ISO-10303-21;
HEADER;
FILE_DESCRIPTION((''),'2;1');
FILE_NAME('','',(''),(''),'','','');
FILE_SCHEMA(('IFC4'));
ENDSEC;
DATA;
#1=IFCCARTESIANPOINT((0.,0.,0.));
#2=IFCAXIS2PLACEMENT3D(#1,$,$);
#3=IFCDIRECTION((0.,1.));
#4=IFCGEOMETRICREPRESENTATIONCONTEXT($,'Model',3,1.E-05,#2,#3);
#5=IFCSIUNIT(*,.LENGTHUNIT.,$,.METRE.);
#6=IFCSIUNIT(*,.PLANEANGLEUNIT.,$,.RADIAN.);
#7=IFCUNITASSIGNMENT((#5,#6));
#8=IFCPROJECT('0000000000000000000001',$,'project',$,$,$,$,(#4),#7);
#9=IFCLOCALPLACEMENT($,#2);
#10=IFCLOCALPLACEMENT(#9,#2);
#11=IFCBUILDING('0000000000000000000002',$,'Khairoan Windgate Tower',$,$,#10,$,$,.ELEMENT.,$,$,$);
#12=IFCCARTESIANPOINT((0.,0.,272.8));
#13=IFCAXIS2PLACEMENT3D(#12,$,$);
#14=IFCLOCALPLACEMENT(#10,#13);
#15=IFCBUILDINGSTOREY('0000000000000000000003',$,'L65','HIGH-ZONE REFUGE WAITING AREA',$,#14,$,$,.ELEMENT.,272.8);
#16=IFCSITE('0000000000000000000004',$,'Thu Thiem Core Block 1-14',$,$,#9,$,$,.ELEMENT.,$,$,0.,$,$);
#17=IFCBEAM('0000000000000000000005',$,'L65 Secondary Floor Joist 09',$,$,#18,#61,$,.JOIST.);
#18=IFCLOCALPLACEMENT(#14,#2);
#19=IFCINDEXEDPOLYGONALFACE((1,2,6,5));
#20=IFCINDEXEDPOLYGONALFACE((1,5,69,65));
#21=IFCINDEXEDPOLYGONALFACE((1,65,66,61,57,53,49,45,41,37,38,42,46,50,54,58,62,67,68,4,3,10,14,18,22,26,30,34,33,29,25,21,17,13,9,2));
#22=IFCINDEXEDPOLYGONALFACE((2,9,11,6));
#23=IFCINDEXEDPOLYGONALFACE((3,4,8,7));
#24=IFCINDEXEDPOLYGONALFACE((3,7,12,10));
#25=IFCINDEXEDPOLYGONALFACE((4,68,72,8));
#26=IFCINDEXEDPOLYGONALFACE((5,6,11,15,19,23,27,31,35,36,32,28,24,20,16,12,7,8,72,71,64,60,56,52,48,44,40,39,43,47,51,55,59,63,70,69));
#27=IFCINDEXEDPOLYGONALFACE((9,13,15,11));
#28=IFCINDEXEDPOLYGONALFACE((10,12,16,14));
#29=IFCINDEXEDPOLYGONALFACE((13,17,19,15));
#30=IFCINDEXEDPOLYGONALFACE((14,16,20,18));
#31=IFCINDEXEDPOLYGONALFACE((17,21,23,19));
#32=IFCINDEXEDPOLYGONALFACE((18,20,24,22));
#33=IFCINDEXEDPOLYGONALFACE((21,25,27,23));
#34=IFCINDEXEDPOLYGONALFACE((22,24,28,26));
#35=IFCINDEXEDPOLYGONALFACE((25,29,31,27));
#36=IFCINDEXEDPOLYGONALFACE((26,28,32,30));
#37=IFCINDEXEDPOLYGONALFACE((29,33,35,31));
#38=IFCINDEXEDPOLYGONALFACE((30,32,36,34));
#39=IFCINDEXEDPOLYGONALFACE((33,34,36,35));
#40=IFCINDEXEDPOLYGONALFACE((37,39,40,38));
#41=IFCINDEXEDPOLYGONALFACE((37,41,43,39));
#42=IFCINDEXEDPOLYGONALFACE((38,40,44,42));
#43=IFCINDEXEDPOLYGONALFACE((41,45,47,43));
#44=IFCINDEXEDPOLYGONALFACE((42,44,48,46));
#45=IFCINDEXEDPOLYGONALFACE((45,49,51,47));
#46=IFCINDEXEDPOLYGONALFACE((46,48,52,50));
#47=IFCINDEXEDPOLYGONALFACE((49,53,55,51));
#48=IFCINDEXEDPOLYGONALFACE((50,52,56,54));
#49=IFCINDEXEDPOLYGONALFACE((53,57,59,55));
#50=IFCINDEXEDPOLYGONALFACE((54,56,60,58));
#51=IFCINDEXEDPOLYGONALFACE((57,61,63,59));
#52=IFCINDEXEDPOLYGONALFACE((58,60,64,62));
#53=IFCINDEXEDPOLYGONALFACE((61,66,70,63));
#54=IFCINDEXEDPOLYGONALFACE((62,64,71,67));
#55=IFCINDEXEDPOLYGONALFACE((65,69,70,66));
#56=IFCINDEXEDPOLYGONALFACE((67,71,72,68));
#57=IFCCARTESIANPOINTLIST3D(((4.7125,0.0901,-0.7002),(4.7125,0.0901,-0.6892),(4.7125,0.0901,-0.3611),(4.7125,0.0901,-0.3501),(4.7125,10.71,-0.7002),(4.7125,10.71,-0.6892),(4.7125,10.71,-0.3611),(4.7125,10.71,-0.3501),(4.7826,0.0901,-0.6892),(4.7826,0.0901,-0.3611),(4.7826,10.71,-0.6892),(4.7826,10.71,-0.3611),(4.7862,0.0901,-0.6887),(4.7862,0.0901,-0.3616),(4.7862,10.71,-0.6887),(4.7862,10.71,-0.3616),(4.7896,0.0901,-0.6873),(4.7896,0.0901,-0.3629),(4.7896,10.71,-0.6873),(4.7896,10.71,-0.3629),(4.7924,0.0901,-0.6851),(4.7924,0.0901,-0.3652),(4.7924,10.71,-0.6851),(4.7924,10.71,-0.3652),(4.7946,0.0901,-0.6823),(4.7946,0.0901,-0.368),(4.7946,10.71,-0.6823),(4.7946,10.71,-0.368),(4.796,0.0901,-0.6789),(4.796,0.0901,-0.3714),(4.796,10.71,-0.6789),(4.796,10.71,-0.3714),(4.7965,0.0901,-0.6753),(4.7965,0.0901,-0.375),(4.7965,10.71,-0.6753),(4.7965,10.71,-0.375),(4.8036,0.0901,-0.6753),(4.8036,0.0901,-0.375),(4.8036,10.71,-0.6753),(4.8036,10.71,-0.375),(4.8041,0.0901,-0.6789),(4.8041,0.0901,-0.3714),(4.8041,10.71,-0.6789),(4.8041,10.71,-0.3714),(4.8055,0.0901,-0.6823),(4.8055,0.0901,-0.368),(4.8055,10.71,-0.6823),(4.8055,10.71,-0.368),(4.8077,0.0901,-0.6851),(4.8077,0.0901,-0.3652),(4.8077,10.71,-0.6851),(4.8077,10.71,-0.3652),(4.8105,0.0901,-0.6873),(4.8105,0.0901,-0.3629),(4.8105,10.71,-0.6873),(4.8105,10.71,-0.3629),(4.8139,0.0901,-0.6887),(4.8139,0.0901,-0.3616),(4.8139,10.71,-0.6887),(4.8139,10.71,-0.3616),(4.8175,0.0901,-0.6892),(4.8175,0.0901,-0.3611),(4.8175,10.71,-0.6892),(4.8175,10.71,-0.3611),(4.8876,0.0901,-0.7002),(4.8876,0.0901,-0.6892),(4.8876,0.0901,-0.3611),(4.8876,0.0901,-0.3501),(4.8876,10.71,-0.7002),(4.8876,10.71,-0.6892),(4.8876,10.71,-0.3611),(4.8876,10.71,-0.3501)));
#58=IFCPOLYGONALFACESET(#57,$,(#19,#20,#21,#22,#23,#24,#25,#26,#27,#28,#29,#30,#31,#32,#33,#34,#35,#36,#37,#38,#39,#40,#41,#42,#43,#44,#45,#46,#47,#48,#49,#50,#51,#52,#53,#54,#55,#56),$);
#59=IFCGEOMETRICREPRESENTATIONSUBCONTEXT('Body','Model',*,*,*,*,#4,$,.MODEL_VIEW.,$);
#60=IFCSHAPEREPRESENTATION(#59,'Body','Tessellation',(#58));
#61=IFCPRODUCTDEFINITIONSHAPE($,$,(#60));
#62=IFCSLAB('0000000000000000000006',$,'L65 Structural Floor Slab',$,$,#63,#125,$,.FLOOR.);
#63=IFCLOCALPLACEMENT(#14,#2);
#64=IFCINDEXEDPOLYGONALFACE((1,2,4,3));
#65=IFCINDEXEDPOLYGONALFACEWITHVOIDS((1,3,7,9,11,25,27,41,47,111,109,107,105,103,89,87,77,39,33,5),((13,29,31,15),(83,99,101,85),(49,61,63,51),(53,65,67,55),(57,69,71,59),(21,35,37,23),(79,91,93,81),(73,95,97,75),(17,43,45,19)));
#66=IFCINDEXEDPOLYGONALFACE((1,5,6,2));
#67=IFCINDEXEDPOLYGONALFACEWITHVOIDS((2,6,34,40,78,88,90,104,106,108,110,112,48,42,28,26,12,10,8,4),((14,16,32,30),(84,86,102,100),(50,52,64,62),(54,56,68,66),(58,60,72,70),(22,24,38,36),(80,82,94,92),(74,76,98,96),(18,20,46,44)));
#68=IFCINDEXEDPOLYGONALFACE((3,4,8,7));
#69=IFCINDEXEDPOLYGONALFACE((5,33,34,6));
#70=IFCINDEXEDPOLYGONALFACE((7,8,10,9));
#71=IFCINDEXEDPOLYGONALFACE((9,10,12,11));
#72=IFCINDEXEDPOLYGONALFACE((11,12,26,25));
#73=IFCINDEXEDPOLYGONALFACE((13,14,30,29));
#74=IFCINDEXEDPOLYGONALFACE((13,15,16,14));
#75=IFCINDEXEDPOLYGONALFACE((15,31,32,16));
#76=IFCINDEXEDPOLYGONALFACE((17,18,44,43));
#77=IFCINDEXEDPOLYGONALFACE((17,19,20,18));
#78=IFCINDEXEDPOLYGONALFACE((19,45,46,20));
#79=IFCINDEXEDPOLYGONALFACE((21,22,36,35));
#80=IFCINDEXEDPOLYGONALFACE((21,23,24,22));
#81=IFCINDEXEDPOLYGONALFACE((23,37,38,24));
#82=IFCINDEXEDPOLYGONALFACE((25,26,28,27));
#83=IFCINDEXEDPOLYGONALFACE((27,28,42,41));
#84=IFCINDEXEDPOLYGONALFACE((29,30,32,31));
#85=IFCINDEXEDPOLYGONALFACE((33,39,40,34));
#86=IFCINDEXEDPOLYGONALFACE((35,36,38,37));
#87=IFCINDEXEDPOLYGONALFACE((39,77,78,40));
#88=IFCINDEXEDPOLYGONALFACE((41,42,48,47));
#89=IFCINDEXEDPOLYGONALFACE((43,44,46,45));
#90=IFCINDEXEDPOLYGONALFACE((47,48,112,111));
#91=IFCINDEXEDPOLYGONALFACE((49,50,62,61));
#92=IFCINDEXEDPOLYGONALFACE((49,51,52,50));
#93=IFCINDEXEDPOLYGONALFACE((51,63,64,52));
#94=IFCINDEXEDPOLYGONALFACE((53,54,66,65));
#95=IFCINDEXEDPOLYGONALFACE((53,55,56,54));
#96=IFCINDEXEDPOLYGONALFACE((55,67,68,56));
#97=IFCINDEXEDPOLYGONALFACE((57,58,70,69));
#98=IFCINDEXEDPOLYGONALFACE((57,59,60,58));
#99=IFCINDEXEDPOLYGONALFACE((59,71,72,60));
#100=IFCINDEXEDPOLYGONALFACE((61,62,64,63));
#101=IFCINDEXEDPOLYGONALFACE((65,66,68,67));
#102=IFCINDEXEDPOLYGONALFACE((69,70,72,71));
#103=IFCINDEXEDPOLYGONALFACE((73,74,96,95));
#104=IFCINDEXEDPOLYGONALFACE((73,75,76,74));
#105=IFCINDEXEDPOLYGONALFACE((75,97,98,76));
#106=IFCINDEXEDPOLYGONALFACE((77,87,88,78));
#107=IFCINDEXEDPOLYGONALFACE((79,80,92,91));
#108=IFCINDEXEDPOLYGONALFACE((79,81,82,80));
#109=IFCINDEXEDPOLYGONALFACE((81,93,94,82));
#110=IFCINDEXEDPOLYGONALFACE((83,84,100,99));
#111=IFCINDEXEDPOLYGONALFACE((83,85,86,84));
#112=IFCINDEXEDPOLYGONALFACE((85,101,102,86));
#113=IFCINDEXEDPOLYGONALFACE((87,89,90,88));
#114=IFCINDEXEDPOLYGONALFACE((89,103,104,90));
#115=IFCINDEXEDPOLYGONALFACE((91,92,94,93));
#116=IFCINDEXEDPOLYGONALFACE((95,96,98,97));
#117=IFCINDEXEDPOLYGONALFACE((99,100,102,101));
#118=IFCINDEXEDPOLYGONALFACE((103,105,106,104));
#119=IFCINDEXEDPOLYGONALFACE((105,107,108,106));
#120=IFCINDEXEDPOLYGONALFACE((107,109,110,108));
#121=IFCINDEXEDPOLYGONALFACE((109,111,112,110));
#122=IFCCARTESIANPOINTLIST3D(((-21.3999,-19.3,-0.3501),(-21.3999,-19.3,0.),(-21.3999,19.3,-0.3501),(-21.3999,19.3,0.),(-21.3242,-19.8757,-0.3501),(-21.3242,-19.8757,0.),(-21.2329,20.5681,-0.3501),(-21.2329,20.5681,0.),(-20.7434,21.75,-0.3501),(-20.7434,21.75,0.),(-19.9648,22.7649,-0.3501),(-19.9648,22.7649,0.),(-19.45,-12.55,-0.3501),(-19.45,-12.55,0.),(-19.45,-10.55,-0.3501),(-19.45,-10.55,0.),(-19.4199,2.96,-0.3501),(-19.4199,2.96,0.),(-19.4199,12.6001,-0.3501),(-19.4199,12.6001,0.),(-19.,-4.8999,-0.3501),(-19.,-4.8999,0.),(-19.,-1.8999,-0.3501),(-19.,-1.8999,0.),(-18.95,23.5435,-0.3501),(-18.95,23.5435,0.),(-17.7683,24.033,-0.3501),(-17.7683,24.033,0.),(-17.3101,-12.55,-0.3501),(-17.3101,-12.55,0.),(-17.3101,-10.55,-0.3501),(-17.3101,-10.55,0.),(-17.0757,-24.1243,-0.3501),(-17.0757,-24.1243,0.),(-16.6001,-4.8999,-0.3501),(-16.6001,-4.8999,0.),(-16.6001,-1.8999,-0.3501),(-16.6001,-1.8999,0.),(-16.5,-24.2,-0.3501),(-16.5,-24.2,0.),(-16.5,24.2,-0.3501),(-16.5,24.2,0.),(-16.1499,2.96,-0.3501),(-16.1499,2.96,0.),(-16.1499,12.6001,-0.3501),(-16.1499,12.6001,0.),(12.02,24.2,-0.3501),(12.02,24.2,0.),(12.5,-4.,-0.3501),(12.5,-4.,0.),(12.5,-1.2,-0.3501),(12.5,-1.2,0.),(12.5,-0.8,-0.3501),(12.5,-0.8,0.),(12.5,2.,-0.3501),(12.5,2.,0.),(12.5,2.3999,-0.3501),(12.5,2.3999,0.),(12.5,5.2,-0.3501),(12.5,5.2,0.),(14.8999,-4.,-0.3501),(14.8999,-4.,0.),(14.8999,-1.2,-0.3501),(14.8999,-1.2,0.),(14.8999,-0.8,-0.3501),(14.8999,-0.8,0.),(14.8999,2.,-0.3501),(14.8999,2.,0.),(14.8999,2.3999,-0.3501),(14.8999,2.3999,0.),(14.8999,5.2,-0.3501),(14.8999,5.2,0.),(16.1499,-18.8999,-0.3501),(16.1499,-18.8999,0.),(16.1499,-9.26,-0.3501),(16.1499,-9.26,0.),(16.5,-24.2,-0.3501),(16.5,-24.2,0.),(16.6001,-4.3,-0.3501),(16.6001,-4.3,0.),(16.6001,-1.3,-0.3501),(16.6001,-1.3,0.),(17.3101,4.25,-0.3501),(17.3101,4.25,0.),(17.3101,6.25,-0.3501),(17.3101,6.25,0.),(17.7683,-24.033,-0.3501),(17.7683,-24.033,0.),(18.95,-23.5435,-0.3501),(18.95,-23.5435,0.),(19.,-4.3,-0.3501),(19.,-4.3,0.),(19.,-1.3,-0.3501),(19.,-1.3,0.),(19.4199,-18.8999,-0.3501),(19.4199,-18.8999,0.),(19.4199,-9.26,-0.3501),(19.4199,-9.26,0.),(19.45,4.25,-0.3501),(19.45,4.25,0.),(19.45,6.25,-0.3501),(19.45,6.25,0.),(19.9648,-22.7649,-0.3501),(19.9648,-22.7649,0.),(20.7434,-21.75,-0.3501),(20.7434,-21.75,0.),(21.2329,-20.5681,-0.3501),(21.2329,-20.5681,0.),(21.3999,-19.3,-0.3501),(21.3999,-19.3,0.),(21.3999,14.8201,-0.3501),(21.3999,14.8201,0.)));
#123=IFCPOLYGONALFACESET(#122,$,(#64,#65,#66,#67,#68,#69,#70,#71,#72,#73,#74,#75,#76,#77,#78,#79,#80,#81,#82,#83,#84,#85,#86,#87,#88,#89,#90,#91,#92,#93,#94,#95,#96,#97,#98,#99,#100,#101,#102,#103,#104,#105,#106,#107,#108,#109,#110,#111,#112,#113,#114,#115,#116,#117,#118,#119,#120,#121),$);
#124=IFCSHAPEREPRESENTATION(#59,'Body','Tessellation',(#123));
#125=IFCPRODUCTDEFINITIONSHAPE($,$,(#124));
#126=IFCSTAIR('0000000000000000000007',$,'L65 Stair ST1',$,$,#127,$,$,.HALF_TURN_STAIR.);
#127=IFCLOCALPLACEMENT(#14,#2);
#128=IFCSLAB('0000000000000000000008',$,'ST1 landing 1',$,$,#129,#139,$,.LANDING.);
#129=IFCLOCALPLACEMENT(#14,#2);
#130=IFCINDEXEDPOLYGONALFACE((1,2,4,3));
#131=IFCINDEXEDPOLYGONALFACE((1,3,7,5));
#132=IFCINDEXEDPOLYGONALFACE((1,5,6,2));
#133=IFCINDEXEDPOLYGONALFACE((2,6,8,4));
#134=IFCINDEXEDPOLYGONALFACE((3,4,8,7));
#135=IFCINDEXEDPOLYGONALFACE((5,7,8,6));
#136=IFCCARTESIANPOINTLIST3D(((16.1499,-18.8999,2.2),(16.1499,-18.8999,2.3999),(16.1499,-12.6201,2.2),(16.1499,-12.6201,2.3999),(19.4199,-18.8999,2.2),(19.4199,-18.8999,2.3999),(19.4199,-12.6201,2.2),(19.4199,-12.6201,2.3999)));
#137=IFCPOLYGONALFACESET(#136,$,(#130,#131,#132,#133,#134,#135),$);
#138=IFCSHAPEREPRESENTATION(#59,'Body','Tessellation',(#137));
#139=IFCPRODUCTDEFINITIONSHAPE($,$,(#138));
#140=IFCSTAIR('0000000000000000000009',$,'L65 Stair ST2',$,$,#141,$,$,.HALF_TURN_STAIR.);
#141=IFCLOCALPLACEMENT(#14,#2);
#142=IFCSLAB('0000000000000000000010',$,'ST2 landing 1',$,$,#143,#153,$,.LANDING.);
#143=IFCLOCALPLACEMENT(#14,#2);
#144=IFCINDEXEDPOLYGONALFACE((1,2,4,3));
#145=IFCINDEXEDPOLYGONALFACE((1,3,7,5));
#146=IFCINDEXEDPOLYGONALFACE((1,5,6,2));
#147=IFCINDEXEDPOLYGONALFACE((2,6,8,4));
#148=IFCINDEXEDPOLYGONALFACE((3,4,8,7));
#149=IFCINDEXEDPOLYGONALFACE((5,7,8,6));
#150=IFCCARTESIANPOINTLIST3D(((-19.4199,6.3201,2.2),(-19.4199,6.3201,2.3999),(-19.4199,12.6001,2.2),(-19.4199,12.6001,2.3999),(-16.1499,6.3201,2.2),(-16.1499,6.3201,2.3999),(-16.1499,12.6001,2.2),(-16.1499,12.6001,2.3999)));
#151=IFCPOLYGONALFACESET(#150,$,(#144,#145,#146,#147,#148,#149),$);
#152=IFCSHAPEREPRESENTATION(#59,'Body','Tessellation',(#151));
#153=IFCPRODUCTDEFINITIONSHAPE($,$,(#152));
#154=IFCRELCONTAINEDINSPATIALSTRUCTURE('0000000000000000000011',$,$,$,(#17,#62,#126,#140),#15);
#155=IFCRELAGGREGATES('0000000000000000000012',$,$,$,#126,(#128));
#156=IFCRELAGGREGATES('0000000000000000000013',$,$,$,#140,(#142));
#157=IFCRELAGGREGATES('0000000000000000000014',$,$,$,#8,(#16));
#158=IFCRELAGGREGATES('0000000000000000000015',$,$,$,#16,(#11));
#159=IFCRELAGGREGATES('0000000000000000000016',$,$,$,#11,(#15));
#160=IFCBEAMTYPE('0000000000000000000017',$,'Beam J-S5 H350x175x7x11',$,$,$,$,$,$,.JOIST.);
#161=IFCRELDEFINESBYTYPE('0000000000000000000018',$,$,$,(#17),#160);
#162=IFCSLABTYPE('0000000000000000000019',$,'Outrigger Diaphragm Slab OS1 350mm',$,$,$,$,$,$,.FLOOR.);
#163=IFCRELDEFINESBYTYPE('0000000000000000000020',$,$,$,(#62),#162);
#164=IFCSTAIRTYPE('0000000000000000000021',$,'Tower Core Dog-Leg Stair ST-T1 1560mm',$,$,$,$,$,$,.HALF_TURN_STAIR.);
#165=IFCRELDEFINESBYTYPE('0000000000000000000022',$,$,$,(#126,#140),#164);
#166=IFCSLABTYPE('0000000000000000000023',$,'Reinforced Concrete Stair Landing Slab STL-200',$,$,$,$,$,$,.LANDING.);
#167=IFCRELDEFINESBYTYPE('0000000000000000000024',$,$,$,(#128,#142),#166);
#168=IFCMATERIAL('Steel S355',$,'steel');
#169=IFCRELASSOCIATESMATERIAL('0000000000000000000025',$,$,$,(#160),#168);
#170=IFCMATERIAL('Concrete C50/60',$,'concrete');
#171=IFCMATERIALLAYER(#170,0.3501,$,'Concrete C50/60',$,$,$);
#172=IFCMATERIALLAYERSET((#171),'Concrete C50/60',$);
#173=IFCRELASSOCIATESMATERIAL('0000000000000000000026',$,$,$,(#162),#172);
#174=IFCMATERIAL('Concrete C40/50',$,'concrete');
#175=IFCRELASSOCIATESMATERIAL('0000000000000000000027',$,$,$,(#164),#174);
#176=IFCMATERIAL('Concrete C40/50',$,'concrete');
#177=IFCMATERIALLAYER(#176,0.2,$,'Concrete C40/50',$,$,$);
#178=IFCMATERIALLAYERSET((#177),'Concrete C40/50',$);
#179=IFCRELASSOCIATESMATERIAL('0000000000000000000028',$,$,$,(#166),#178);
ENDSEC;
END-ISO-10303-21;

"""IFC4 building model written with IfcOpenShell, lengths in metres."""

from ifc_helpers import new_model, si_unit, direction, frame, origin, origin_2d, place, context, subcontext, project, spatial, polyline, i_section, outline, extrude, material, layer, layer_set, material_profile, profile_set, type_object, element, aggregate, save


model = new_model("IFC4")

# Units and contexts
model_context = context("Model", 3, precision=1e-05, world=origin(), true_north=direction((0.0, 1.0)))
body_context = subcontext(model_context, "Body", "Model", "MODEL_VIEW")
ifc_project = project(units=[si_unit("LENGTHUNIT", "METRE"), si_unit("PLANEANGLEUNIT", "RADIAN")], contexts=[model_context])

# Site, building, storey
site_placement = place(None, origin())
site = spatial("IfcSite", under=ifc_project, at=site_placement, Name="Thu Thiem Core Block 1-14", CompositionType="ELEMENT", RefElevation=0.0)
building_placement = place(site_placement, origin())
building = spatial("IfcBuilding", under=site, at=building_placement, Name="Khairoan Windgate Tower", CompositionType="ELEMENT")
storey_placement = place(building_placement, frame((0.0, 0.0, 272.8)))
storey = spatial("IfcBuildingStorey", under=building, at=storey_placement, Name="L65", Description="HIGH-ZONE REFUGE WAITING AREA", CompositionType="ELEMENT", Elevation=272.8)

# Beam
ifc_material_1 = material(Name="Steel S355", Category="steel")
ifc_material_profile_1 = material_profile(ifc_material_1, i_section(OverallWidth=0.175, OverallDepth=0.3501, WebThickness=0.0071, FlangeThickness=0.011, FilletRadius=0.0139, at=origin_2d()))
ifc_profile_set_1 = profile_set([ifc_material_profile_1], Name="Steel S355")
beam_type_1 = type_object("IfcBeamType", Name="Beam J-S5 H350x175x7x11", PredefinedType="JOIST", material=ifc_profile_set_1)
for number, where, z_axis, x_axis, name in (
    (1, (4.8, 0.0901, -0.5251), (0.0, 1.0, 0.0), (-1.0, 0.0, 0.0), "L65 Secondary Floor Joist 09"),
):
    element("IfcBeam", number, at=place(storey_placement, frame(where, z_axis=z_axis, x_axis=x_axis)), inside=storey, type_object=beam_type_1, Name=name, PredefinedType="JOIST", context=body_context, shape_type="SweptSolid", body=[
        extrude(i_section(OverallWidth=0.175, OverallDepth=0.3501, WebThickness=0.0071, FlangeThickness=0.011, FilletRadius=0.0139, at=origin_2d()), origin(), (0.0, 0.0, 1.0), 10.6199),
    ])

# Slab
ifc_material_2 = material(Name="Concrete C50/60", Category="concrete")
ifc_layer_1 = layer(ifc_material_2, 0.3501, Name="Concrete C50/60")
ifc_layer_set_1 = layer_set([ifc_layer_1], Name="Concrete C50/60")
slab_type_1 = type_object("IfcSlabType", Name="Outrigger Diaphragm Slab OS1 350mm", PredefinedType="FLOOR", material=ifc_layer_set_1)
slab_1_placement = place(storey_placement, frame((0.0, 0.0, -0.3501)))
element("IfcSlab", 2, at=slab_1_placement, inside=storey, type_object=slab_type_1, Name="L65 Structural Floor Slab", PredefinedType="FLOOR", context=body_context, shape_type="SweptSolid", body=[
    extrude(outline(polyline([(16.5, -24.2), (17.7683, -24.033), (18.95, -23.5435), (19.9648, -22.7649), (20.7434, -21.75), (21.2329, -20.5681), (21.3999, -19.3), (21.3999, 14.8201), (12.02, 24.2), (-16.5, 24.2), (-17.7683, 24.033), (-18.95, 23.5435), (-19.9648, 22.7649), (-20.7434, 21.75), (-21.2329, 20.5681), (-21.3999, 19.3), (-21.3999, -19.3), (-21.3242, -19.8757), (-17.0757, -24.1243), (-16.5, -24.2), (16.5, -24.2)]), holes=[polyline([(16.1499, -9.26), (16.1499, -18.8999), (19.4199, -18.8999), (19.4199, -9.26), (16.1499, -9.26)]), polyline([(-16.1499, 2.96), (-16.1499, 12.6001), (-19.4199, 12.6001), (-19.4199, 2.96), (-16.1499, 2.96)]), polyline([(12.5, 2.3999), (14.8999, 2.3999), (14.8999, 5.2), (12.5, 5.2), (12.5, 2.3999)]), polyline([(12.5, -0.8), (14.8999, -0.8), (14.8999, 2.0), (12.5, 2.0), (12.5, -0.8)]), polyline([(12.5, -4.0), (14.8999, -4.0), (14.8999, -1.2), (12.5, -1.2), (12.5, -4.0)]), polyline([(16.6001, -4.3), (19.0, -4.3), (19.0, -1.3), (16.6001, -1.3), (16.6001, -4.3)]), polyline([(-19.0, -4.8999), (-16.6001, -4.8999), (-16.6001, -1.8999), (-19.0, -1.8999), (-19.0, -4.8999)]), polyline([(-19.45, -12.55), (-17.3101, -12.55), (-17.3101, -10.55), (-19.45, -10.55), (-19.45, -12.55)]), polyline([(17.3101, 4.25), (19.45, 4.25), (19.45, 6.25), (17.3101, 6.25), (17.3101, 4.25)])]), origin(), (0.0, 0.0, 1.0), 0.3501),
])

# Stairs, slabs
ifc_material_3 = material(Name="Concrete C40/50", Category="concrete")
stair_type = type_object("IfcStairType", Name="Tower Core Dog-Leg Stair ST-T1 1560mm", PredefinedType="HALF_TURN_STAIR", material=ifc_material_3)
stair_1_placement = place(storey_placement, origin())
stair_1 = element("IfcStair", 3, at=stair_1_placement, inside=storey, type_object=stair_type, Name="L65 Stair ST1", PredefinedType="HALF_TURN_STAIR")
ifc_material_4 = material(Name="Concrete C40/50", Category="concrete")
ifc_layer_2 = layer(ifc_material_4, 0.2, Name="Concrete C40/50")
ifc_layer_set_2 = layer_set([ifc_layer_2], Name="Concrete C40/50")
slab_type_2 = type_object("IfcSlabType", Name="Reinforced Concrete Stair Landing Slab STL-200", PredefinedType="LANDING", material=ifc_layer_set_2)
slab_2_placement = place(storey_placement, frame((0.0, 0.0, 2.2)))
slab_2 = element("IfcSlab", 4, at=slab_2_placement, type_object=slab_type_2, Name="ST1 landing 1", PredefinedType="LANDING", context=body_context, shape_type="SweptSolid", body=[
    extrude(outline(polyline([(16.1499, -12.6201), (16.1499, -18.8999), (19.4199, -18.8999), (19.4199, -12.6201), (16.1499, -12.6201)])), origin(), (0.0, 0.0, 1.0), 0.2),
])
aggregate(stair_1, [slab_2])
stair_2_placement = place(storey_placement, origin())
stair_2 = element("IfcStair", 5, at=stair_2_placement, inside=storey, type_object=stair_type, Name="L65 Stair ST2", PredefinedType="HALF_TURN_STAIR")
slab_3_placement = place(storey_placement, frame((0.0, 0.0, 2.2)))
slab_3 = element("IfcSlab", 6, at=slab_3_placement, type_object=slab_type_2, Name="ST2 landing 1", PredefinedType="LANDING", context=body_context, shape_type="SweptSolid", body=[
    extrude(outline(polyline([(-16.1499, 6.3201), (-16.1499, 12.6001), (-19.4199, 12.6001), (-19.4199, 6.3201), (-16.1499, 6.3201)])), origin(), (0.0, 0.0, 1.0), 0.2),
])
aggregate(stair_2, [slab_3])

save(model, "model.ifc")
